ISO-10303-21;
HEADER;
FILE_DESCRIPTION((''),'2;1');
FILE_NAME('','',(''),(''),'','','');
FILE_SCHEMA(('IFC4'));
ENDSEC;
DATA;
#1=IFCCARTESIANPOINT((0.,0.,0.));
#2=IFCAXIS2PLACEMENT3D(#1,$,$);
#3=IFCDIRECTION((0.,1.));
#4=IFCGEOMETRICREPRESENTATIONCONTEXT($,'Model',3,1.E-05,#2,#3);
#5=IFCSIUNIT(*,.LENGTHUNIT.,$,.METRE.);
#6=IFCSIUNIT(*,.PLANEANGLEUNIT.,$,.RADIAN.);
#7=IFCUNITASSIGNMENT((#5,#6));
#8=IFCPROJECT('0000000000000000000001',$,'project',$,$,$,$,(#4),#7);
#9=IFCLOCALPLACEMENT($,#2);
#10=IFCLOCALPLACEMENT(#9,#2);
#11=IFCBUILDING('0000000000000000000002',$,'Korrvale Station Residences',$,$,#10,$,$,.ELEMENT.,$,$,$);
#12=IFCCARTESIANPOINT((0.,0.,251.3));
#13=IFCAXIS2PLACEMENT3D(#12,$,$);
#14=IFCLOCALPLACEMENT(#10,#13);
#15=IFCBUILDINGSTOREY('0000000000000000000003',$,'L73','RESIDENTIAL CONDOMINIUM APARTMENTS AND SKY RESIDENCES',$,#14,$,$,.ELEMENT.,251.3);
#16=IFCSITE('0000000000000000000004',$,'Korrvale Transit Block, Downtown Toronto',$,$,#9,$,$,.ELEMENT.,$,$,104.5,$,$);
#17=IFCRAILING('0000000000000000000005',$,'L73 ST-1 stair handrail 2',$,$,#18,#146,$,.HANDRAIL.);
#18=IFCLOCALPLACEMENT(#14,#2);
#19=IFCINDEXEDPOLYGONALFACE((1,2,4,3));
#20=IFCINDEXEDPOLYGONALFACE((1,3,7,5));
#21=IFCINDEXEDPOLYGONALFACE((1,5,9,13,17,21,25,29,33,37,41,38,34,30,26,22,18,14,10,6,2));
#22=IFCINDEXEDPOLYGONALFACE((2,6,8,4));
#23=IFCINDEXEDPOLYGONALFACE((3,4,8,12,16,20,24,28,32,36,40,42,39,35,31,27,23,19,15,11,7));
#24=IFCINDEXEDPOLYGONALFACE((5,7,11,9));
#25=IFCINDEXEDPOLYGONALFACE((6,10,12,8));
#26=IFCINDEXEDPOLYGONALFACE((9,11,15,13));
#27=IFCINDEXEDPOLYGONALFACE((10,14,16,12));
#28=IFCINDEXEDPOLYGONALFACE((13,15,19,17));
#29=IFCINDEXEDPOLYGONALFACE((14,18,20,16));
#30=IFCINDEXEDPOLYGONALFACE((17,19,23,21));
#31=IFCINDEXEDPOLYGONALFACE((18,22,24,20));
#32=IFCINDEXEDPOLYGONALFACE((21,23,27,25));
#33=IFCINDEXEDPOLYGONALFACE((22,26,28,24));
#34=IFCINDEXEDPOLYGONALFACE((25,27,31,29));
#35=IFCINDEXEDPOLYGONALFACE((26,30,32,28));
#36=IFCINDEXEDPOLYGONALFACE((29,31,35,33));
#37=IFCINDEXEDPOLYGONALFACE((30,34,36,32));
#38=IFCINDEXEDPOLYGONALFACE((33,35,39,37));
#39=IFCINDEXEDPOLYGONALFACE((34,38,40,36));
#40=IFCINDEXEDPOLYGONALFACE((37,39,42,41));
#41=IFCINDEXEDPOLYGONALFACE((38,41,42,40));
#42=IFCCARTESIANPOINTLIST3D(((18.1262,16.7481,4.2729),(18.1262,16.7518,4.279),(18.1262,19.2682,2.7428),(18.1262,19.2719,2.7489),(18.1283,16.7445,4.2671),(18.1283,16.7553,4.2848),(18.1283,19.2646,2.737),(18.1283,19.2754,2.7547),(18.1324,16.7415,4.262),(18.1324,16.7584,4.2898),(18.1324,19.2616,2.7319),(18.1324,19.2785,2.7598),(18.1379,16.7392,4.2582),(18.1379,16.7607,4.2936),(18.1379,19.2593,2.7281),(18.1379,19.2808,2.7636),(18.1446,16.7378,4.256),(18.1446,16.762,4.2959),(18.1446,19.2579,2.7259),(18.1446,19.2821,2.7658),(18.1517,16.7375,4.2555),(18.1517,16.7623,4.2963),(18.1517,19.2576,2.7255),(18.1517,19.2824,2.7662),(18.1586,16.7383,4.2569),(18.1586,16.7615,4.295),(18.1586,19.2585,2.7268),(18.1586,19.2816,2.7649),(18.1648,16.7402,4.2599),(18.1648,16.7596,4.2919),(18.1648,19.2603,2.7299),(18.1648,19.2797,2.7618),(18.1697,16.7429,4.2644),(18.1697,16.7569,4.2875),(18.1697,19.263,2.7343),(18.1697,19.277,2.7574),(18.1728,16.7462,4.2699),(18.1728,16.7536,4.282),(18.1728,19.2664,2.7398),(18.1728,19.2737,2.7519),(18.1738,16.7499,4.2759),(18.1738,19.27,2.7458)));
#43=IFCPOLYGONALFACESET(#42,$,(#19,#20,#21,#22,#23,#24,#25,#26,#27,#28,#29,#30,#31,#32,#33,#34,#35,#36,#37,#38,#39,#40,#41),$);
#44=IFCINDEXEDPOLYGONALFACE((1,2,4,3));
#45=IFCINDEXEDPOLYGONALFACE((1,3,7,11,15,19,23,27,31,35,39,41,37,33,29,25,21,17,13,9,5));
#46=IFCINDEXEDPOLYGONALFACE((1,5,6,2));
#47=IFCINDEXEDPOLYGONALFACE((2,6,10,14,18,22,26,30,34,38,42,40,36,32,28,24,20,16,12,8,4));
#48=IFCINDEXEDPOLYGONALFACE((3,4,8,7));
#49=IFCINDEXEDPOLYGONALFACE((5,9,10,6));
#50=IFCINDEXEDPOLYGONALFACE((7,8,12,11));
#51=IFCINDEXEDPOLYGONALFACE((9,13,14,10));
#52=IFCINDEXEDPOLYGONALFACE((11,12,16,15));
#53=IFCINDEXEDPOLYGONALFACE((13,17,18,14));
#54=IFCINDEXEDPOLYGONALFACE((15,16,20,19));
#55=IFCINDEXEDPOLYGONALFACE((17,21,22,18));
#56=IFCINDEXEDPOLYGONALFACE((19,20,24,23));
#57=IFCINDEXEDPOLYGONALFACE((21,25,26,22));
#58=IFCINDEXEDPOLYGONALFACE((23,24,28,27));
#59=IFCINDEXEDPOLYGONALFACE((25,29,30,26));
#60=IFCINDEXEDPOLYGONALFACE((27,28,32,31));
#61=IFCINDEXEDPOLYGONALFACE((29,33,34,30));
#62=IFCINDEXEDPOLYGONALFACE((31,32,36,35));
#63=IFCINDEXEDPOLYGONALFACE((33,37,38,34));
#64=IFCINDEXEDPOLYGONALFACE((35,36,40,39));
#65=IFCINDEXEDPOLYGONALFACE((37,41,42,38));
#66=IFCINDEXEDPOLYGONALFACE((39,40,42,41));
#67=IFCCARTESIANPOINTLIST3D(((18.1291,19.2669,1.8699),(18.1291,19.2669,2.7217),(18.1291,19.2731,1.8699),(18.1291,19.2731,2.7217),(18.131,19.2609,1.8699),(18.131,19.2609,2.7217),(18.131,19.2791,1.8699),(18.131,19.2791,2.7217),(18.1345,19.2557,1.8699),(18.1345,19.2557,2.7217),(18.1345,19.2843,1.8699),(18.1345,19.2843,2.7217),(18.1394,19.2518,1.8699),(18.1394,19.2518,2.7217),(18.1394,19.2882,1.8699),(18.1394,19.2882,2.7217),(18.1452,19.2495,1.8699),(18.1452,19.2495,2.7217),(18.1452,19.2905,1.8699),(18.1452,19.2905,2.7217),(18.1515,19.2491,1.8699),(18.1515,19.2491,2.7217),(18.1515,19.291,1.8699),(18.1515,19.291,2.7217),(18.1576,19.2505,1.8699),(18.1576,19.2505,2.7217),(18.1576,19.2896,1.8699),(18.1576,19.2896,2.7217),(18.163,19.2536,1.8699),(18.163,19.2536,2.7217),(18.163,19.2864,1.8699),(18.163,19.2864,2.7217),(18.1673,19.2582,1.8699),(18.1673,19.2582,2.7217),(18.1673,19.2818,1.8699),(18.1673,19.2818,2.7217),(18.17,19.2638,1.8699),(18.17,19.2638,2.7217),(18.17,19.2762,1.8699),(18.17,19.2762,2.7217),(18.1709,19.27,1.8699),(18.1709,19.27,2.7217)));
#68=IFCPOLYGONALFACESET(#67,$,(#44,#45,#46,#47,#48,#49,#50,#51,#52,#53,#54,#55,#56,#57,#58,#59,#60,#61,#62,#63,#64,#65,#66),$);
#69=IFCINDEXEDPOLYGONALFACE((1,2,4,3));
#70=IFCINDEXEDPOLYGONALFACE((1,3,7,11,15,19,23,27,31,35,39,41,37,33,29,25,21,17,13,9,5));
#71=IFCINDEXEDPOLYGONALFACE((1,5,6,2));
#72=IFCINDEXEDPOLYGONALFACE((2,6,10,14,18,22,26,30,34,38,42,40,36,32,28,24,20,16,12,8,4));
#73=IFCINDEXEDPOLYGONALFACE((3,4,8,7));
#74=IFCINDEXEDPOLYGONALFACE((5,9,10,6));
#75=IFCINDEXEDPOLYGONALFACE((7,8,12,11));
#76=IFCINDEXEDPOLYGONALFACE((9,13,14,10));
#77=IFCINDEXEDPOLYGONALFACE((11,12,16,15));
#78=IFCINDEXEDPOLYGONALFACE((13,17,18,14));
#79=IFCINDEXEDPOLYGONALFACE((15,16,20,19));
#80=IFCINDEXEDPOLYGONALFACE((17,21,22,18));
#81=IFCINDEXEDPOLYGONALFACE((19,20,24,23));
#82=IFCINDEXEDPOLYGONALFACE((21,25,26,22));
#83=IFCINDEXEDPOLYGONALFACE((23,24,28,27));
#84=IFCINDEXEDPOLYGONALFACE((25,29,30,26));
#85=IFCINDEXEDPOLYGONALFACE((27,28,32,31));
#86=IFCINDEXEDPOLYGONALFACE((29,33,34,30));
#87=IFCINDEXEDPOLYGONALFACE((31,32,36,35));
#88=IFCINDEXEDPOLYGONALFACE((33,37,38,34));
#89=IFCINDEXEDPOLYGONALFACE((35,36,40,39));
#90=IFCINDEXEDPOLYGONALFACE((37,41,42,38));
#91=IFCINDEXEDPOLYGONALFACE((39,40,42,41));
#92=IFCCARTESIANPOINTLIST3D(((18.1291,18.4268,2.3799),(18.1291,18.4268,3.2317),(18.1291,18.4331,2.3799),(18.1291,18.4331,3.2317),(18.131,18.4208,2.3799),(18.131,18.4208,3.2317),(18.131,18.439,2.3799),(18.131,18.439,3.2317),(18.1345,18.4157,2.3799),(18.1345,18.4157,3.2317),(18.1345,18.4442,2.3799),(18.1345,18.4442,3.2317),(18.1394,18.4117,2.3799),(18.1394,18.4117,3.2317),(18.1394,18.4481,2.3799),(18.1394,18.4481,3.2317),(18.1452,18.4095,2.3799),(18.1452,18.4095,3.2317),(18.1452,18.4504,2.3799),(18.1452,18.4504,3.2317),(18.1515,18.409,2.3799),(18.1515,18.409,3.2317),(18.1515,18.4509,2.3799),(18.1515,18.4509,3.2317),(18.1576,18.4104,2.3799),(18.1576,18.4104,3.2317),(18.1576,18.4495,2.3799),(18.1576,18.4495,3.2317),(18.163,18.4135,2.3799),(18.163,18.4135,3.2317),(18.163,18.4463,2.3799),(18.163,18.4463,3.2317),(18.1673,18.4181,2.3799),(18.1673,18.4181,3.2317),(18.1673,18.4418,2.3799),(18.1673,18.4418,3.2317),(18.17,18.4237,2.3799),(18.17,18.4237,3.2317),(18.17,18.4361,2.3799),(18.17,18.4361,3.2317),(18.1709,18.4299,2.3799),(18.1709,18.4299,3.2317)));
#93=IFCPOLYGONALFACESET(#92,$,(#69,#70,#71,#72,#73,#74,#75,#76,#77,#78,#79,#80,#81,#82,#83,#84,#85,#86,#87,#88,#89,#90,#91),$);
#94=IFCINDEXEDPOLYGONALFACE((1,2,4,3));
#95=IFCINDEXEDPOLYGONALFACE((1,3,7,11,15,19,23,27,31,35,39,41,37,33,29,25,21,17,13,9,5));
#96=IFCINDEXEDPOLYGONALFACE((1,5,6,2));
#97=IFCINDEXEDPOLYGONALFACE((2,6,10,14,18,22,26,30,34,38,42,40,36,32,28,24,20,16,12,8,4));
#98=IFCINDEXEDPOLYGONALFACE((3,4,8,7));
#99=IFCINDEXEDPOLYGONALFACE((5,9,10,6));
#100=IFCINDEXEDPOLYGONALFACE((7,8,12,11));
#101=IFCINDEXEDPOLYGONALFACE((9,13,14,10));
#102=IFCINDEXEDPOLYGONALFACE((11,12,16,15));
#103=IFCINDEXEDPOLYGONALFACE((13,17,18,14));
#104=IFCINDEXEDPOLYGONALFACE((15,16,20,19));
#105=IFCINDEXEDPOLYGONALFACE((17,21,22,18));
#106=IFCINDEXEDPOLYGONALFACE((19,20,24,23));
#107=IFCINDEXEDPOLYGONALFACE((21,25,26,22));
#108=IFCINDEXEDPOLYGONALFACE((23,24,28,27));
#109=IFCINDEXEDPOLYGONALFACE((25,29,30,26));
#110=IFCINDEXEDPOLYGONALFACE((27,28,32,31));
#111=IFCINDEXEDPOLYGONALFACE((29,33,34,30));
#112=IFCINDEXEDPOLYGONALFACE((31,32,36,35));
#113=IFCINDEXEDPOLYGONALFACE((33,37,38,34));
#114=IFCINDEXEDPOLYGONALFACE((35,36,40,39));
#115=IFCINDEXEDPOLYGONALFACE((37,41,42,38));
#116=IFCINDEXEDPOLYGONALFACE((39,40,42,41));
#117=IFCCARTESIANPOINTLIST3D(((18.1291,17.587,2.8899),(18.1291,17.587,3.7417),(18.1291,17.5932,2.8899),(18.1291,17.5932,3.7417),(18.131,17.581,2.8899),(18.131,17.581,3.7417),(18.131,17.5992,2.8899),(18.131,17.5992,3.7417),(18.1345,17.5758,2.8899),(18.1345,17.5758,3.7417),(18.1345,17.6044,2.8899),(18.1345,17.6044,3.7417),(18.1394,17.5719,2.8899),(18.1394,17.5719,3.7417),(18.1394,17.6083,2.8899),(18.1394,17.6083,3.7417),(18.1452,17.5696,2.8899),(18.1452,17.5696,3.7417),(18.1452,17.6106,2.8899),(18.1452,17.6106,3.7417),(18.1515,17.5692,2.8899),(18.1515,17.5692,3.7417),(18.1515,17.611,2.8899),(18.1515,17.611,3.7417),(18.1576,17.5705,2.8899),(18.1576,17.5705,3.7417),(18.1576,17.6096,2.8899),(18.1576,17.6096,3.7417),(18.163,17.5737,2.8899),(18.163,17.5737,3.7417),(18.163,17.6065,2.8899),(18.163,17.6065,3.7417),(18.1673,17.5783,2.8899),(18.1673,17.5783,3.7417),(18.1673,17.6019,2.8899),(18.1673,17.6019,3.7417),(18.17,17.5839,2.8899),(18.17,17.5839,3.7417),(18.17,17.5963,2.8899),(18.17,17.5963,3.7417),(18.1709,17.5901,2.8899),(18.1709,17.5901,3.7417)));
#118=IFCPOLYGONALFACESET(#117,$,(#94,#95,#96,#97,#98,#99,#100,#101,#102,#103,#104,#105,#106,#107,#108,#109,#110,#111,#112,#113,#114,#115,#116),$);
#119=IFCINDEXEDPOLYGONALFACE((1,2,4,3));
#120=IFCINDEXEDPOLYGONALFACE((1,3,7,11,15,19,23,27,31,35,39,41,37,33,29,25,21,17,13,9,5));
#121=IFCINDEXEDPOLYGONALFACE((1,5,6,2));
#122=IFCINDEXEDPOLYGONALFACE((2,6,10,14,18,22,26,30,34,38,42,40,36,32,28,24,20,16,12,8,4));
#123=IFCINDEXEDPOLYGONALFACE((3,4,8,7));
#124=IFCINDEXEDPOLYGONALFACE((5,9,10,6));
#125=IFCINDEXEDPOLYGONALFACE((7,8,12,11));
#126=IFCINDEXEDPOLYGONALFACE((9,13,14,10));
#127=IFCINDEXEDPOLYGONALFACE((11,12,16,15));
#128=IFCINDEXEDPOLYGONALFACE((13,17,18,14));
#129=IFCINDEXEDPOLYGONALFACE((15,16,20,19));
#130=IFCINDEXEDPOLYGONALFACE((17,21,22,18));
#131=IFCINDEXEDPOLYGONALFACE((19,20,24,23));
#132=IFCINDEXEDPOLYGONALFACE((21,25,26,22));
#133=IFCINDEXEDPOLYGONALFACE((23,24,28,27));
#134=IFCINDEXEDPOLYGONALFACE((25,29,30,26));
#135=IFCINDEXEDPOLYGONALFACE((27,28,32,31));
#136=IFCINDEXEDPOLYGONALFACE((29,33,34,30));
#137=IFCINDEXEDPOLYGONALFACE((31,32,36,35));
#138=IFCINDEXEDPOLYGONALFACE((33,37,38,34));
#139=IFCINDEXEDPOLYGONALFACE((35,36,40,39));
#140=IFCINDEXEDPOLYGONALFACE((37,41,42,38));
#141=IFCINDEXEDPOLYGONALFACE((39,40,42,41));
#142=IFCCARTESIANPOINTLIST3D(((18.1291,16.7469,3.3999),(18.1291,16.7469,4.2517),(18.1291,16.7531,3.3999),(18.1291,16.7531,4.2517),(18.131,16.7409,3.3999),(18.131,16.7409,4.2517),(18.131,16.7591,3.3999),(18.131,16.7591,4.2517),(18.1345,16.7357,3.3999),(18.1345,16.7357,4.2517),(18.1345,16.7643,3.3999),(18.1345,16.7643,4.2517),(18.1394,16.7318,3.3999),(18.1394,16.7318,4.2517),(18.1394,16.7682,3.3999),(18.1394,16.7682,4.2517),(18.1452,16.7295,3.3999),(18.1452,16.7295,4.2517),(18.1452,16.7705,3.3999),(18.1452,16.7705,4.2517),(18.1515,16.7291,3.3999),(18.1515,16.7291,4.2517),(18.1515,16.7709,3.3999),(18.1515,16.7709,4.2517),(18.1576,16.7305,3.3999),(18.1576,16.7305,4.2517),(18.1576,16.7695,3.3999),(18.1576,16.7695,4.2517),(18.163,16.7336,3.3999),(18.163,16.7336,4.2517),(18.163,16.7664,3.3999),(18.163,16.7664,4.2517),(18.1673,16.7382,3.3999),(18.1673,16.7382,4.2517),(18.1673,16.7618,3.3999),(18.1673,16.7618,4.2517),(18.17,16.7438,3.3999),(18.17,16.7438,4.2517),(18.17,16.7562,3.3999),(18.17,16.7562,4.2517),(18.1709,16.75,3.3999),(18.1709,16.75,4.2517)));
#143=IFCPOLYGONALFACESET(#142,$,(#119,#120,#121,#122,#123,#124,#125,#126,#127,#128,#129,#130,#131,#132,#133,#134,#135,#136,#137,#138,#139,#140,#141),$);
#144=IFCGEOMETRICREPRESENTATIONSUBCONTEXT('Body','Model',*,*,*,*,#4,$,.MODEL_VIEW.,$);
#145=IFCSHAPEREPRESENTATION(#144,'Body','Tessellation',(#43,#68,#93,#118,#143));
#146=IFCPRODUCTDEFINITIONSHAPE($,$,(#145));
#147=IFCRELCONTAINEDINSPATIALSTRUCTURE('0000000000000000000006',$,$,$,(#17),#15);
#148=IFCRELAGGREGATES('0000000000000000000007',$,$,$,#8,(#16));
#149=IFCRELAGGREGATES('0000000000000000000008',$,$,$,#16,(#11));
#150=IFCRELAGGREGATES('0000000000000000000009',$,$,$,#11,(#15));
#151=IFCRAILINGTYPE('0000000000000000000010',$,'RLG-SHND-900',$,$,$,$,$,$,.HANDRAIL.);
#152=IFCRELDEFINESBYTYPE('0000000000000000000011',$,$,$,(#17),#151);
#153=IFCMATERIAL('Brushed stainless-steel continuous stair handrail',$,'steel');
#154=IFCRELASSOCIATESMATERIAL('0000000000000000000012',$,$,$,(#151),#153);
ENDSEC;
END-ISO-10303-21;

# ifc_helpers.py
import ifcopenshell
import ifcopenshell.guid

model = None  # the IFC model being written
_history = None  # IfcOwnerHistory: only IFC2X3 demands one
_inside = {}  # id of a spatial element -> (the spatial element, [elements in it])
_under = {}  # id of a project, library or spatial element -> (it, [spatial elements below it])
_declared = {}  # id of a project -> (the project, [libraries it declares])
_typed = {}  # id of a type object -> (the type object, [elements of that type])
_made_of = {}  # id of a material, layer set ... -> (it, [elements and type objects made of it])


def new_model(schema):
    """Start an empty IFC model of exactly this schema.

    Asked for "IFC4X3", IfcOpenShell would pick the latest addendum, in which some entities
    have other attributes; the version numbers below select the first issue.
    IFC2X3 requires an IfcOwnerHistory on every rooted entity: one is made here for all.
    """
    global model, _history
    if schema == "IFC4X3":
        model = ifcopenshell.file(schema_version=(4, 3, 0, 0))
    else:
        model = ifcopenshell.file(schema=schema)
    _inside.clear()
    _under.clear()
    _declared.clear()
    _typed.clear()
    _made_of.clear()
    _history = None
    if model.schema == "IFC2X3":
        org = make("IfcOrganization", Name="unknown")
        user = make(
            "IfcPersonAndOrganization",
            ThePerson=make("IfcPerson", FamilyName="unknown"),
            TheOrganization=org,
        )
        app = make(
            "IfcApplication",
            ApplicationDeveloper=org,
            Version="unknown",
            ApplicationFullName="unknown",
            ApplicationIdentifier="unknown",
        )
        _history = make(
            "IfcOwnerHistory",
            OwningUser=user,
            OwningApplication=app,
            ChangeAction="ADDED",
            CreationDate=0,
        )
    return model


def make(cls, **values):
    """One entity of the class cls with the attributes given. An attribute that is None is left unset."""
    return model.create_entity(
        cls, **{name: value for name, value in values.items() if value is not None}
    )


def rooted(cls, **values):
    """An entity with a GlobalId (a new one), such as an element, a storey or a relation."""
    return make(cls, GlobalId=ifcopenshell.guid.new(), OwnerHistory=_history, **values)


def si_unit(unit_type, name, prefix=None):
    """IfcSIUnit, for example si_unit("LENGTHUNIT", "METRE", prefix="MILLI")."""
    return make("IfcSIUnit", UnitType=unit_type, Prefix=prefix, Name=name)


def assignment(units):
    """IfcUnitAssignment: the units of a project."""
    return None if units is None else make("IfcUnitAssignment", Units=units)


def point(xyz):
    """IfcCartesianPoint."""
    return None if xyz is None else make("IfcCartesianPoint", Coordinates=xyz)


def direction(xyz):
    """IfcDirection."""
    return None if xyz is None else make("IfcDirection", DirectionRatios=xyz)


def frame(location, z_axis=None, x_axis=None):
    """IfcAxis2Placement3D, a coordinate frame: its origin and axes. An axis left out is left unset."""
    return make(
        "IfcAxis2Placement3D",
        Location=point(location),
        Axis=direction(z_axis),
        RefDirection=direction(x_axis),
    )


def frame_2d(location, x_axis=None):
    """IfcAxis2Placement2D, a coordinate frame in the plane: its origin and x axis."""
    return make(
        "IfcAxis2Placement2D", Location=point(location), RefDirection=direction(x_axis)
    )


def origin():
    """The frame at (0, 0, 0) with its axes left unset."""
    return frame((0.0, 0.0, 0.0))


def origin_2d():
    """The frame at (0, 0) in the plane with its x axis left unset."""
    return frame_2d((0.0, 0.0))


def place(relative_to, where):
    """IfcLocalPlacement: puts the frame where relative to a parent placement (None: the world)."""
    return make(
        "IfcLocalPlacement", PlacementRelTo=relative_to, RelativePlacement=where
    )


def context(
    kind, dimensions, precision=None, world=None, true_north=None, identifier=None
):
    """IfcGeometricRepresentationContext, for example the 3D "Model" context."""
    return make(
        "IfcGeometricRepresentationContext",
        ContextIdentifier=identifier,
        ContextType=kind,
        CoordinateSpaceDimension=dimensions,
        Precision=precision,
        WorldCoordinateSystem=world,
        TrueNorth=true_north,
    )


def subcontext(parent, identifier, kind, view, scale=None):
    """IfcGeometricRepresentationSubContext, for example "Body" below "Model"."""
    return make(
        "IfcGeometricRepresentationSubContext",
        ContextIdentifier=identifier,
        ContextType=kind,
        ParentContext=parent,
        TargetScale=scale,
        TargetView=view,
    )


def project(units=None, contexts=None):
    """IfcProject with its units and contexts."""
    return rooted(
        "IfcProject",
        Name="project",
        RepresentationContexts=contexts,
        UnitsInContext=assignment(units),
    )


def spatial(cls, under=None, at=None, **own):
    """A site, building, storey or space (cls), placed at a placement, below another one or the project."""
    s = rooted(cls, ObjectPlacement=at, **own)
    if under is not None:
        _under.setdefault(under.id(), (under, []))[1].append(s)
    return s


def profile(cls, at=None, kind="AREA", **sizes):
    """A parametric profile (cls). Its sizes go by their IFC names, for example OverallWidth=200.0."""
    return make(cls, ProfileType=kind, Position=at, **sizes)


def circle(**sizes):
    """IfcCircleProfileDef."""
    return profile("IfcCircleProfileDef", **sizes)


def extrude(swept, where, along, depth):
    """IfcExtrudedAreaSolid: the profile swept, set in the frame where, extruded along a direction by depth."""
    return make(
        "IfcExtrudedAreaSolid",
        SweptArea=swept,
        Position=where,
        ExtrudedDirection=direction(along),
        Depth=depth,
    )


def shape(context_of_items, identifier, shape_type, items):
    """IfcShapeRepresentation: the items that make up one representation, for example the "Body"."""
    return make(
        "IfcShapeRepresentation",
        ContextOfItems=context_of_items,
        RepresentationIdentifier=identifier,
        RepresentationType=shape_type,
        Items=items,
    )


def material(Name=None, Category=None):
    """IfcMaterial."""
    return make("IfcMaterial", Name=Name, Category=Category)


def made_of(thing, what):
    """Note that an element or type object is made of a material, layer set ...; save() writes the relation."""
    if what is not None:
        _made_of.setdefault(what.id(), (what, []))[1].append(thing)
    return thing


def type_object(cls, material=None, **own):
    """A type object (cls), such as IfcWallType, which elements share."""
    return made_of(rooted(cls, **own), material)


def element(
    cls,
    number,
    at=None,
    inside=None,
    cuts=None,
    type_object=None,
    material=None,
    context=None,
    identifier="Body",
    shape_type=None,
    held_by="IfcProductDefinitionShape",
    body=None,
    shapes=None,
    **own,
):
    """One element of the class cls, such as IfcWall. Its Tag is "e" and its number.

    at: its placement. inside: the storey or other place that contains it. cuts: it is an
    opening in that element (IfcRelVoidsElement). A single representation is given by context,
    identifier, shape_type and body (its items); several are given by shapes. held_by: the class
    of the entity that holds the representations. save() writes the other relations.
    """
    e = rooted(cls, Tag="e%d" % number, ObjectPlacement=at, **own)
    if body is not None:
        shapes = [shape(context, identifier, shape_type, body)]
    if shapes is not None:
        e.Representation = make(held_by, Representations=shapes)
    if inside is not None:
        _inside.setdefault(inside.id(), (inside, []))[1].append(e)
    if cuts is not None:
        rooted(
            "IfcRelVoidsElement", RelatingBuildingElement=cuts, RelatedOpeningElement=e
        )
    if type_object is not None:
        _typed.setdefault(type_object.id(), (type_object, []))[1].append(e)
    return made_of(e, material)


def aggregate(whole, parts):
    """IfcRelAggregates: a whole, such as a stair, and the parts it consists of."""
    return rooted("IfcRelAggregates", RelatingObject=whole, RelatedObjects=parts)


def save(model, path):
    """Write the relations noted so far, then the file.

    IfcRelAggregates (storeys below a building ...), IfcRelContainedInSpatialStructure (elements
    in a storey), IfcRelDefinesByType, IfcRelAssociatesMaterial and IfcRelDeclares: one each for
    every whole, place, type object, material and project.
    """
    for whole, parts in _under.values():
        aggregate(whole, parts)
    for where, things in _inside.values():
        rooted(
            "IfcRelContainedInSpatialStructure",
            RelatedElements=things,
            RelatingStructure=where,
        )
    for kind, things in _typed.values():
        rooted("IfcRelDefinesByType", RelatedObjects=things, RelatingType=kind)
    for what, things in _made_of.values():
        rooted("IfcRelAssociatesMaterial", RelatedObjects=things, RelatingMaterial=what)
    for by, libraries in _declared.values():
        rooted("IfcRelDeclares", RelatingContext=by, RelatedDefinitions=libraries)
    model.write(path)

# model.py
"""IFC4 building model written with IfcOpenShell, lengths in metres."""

from ifc_helpers import new_model, si_unit, direction, frame, origin, origin_2d, place, context, subcontext, project, spatial, circle, extrude, material, type_object, element, save


model = new_model("IFC4")

# Units and contexts
model_context = context("Model", 3, precision=1e-05, world=origin(), true_north=direction((0.0, 1.0)))
body_context = subcontext(model_context, "Body", "Model", "MODEL_VIEW")
ifc_project = project(units=[si_unit("LENGTHUNIT", "METRE"), si_unit("PLANEANGLEUNIT", "RADIAN")], contexts=[model_context])

# Site, building, storey
site_placement = place(None, origin())
site = spatial("IfcSite", under=ifc_project, at=site_placement, Name="Korrvale Transit Block, Downtown Toronto", CompositionType="ELEMENT", RefElevation=104.5)
building_placement = place(site_placement, origin())
building = spatial("IfcBuilding", under=site, at=building_placement, Name="Korrvale Station Residences", CompositionType="ELEMENT")
storey_placement = place(building_placement, frame((0.0, 0.0, 251.3)))
storey = spatial("IfcBuildingStorey", under=building, at=storey_placement, Name="L73", Description="RESIDENTIAL CONDOMINIUM APARTMENTS AND SKY RESIDENCES", CompositionType="ELEMENT", Elevation=251.3)

# Railing
ifc_material_1 = material(Name="Brushed stainless-steel continuous stair handrail", Category="steel")
railing_type_1 = type_object("IfcRailingType", Name="RLG-SHND-900", PredefinedType="HANDRAIL", material=ifc_material_1)
railing_1_placement = place(storey_placement, frame((18.1499, 19.27, 1.8699)))
element("IfcRailing", 1, at=railing_1_placement, inside=storey, type_object=railing_type_1, Name="L73 ST-1 stair handrail 2", PredefinedType="HANDRAIL", context=body_context, shape_type="SweptSolid", body=[
    extrude(circle(Radius=0.0239, at=origin_2d()), frame((0.0, 0.0, 0.876), z_axis=(0.0, -0.854785, 0.518982), x_axis=(1.0, 0.0, 0.0)), (0.0, 0.0, 1.0), 2.9482),
    extrude(circle(Radius=0.021, at=origin_2d()), origin(), (0.0, 0.0, 1.0), 0.8518),
    extrude(circle(Radius=0.021, at=origin_2d()), frame((0.0, -0.8401, 0.51)), (0.0, 0.0, 1.0), 0.8518),
    extrude(circle(Radius=0.021, at=origin_2d()), frame((0.0, -1.6799, 1.02)), (0.0, 0.0, 1.0), 0.8518),
    extrude(circle(Radius=0.021, at=origin_2d()), frame((0.0, -2.52, 1.53)), (0.0, 0.0, 1.0), 0.8518),
])

save(model, "model.ifc")
